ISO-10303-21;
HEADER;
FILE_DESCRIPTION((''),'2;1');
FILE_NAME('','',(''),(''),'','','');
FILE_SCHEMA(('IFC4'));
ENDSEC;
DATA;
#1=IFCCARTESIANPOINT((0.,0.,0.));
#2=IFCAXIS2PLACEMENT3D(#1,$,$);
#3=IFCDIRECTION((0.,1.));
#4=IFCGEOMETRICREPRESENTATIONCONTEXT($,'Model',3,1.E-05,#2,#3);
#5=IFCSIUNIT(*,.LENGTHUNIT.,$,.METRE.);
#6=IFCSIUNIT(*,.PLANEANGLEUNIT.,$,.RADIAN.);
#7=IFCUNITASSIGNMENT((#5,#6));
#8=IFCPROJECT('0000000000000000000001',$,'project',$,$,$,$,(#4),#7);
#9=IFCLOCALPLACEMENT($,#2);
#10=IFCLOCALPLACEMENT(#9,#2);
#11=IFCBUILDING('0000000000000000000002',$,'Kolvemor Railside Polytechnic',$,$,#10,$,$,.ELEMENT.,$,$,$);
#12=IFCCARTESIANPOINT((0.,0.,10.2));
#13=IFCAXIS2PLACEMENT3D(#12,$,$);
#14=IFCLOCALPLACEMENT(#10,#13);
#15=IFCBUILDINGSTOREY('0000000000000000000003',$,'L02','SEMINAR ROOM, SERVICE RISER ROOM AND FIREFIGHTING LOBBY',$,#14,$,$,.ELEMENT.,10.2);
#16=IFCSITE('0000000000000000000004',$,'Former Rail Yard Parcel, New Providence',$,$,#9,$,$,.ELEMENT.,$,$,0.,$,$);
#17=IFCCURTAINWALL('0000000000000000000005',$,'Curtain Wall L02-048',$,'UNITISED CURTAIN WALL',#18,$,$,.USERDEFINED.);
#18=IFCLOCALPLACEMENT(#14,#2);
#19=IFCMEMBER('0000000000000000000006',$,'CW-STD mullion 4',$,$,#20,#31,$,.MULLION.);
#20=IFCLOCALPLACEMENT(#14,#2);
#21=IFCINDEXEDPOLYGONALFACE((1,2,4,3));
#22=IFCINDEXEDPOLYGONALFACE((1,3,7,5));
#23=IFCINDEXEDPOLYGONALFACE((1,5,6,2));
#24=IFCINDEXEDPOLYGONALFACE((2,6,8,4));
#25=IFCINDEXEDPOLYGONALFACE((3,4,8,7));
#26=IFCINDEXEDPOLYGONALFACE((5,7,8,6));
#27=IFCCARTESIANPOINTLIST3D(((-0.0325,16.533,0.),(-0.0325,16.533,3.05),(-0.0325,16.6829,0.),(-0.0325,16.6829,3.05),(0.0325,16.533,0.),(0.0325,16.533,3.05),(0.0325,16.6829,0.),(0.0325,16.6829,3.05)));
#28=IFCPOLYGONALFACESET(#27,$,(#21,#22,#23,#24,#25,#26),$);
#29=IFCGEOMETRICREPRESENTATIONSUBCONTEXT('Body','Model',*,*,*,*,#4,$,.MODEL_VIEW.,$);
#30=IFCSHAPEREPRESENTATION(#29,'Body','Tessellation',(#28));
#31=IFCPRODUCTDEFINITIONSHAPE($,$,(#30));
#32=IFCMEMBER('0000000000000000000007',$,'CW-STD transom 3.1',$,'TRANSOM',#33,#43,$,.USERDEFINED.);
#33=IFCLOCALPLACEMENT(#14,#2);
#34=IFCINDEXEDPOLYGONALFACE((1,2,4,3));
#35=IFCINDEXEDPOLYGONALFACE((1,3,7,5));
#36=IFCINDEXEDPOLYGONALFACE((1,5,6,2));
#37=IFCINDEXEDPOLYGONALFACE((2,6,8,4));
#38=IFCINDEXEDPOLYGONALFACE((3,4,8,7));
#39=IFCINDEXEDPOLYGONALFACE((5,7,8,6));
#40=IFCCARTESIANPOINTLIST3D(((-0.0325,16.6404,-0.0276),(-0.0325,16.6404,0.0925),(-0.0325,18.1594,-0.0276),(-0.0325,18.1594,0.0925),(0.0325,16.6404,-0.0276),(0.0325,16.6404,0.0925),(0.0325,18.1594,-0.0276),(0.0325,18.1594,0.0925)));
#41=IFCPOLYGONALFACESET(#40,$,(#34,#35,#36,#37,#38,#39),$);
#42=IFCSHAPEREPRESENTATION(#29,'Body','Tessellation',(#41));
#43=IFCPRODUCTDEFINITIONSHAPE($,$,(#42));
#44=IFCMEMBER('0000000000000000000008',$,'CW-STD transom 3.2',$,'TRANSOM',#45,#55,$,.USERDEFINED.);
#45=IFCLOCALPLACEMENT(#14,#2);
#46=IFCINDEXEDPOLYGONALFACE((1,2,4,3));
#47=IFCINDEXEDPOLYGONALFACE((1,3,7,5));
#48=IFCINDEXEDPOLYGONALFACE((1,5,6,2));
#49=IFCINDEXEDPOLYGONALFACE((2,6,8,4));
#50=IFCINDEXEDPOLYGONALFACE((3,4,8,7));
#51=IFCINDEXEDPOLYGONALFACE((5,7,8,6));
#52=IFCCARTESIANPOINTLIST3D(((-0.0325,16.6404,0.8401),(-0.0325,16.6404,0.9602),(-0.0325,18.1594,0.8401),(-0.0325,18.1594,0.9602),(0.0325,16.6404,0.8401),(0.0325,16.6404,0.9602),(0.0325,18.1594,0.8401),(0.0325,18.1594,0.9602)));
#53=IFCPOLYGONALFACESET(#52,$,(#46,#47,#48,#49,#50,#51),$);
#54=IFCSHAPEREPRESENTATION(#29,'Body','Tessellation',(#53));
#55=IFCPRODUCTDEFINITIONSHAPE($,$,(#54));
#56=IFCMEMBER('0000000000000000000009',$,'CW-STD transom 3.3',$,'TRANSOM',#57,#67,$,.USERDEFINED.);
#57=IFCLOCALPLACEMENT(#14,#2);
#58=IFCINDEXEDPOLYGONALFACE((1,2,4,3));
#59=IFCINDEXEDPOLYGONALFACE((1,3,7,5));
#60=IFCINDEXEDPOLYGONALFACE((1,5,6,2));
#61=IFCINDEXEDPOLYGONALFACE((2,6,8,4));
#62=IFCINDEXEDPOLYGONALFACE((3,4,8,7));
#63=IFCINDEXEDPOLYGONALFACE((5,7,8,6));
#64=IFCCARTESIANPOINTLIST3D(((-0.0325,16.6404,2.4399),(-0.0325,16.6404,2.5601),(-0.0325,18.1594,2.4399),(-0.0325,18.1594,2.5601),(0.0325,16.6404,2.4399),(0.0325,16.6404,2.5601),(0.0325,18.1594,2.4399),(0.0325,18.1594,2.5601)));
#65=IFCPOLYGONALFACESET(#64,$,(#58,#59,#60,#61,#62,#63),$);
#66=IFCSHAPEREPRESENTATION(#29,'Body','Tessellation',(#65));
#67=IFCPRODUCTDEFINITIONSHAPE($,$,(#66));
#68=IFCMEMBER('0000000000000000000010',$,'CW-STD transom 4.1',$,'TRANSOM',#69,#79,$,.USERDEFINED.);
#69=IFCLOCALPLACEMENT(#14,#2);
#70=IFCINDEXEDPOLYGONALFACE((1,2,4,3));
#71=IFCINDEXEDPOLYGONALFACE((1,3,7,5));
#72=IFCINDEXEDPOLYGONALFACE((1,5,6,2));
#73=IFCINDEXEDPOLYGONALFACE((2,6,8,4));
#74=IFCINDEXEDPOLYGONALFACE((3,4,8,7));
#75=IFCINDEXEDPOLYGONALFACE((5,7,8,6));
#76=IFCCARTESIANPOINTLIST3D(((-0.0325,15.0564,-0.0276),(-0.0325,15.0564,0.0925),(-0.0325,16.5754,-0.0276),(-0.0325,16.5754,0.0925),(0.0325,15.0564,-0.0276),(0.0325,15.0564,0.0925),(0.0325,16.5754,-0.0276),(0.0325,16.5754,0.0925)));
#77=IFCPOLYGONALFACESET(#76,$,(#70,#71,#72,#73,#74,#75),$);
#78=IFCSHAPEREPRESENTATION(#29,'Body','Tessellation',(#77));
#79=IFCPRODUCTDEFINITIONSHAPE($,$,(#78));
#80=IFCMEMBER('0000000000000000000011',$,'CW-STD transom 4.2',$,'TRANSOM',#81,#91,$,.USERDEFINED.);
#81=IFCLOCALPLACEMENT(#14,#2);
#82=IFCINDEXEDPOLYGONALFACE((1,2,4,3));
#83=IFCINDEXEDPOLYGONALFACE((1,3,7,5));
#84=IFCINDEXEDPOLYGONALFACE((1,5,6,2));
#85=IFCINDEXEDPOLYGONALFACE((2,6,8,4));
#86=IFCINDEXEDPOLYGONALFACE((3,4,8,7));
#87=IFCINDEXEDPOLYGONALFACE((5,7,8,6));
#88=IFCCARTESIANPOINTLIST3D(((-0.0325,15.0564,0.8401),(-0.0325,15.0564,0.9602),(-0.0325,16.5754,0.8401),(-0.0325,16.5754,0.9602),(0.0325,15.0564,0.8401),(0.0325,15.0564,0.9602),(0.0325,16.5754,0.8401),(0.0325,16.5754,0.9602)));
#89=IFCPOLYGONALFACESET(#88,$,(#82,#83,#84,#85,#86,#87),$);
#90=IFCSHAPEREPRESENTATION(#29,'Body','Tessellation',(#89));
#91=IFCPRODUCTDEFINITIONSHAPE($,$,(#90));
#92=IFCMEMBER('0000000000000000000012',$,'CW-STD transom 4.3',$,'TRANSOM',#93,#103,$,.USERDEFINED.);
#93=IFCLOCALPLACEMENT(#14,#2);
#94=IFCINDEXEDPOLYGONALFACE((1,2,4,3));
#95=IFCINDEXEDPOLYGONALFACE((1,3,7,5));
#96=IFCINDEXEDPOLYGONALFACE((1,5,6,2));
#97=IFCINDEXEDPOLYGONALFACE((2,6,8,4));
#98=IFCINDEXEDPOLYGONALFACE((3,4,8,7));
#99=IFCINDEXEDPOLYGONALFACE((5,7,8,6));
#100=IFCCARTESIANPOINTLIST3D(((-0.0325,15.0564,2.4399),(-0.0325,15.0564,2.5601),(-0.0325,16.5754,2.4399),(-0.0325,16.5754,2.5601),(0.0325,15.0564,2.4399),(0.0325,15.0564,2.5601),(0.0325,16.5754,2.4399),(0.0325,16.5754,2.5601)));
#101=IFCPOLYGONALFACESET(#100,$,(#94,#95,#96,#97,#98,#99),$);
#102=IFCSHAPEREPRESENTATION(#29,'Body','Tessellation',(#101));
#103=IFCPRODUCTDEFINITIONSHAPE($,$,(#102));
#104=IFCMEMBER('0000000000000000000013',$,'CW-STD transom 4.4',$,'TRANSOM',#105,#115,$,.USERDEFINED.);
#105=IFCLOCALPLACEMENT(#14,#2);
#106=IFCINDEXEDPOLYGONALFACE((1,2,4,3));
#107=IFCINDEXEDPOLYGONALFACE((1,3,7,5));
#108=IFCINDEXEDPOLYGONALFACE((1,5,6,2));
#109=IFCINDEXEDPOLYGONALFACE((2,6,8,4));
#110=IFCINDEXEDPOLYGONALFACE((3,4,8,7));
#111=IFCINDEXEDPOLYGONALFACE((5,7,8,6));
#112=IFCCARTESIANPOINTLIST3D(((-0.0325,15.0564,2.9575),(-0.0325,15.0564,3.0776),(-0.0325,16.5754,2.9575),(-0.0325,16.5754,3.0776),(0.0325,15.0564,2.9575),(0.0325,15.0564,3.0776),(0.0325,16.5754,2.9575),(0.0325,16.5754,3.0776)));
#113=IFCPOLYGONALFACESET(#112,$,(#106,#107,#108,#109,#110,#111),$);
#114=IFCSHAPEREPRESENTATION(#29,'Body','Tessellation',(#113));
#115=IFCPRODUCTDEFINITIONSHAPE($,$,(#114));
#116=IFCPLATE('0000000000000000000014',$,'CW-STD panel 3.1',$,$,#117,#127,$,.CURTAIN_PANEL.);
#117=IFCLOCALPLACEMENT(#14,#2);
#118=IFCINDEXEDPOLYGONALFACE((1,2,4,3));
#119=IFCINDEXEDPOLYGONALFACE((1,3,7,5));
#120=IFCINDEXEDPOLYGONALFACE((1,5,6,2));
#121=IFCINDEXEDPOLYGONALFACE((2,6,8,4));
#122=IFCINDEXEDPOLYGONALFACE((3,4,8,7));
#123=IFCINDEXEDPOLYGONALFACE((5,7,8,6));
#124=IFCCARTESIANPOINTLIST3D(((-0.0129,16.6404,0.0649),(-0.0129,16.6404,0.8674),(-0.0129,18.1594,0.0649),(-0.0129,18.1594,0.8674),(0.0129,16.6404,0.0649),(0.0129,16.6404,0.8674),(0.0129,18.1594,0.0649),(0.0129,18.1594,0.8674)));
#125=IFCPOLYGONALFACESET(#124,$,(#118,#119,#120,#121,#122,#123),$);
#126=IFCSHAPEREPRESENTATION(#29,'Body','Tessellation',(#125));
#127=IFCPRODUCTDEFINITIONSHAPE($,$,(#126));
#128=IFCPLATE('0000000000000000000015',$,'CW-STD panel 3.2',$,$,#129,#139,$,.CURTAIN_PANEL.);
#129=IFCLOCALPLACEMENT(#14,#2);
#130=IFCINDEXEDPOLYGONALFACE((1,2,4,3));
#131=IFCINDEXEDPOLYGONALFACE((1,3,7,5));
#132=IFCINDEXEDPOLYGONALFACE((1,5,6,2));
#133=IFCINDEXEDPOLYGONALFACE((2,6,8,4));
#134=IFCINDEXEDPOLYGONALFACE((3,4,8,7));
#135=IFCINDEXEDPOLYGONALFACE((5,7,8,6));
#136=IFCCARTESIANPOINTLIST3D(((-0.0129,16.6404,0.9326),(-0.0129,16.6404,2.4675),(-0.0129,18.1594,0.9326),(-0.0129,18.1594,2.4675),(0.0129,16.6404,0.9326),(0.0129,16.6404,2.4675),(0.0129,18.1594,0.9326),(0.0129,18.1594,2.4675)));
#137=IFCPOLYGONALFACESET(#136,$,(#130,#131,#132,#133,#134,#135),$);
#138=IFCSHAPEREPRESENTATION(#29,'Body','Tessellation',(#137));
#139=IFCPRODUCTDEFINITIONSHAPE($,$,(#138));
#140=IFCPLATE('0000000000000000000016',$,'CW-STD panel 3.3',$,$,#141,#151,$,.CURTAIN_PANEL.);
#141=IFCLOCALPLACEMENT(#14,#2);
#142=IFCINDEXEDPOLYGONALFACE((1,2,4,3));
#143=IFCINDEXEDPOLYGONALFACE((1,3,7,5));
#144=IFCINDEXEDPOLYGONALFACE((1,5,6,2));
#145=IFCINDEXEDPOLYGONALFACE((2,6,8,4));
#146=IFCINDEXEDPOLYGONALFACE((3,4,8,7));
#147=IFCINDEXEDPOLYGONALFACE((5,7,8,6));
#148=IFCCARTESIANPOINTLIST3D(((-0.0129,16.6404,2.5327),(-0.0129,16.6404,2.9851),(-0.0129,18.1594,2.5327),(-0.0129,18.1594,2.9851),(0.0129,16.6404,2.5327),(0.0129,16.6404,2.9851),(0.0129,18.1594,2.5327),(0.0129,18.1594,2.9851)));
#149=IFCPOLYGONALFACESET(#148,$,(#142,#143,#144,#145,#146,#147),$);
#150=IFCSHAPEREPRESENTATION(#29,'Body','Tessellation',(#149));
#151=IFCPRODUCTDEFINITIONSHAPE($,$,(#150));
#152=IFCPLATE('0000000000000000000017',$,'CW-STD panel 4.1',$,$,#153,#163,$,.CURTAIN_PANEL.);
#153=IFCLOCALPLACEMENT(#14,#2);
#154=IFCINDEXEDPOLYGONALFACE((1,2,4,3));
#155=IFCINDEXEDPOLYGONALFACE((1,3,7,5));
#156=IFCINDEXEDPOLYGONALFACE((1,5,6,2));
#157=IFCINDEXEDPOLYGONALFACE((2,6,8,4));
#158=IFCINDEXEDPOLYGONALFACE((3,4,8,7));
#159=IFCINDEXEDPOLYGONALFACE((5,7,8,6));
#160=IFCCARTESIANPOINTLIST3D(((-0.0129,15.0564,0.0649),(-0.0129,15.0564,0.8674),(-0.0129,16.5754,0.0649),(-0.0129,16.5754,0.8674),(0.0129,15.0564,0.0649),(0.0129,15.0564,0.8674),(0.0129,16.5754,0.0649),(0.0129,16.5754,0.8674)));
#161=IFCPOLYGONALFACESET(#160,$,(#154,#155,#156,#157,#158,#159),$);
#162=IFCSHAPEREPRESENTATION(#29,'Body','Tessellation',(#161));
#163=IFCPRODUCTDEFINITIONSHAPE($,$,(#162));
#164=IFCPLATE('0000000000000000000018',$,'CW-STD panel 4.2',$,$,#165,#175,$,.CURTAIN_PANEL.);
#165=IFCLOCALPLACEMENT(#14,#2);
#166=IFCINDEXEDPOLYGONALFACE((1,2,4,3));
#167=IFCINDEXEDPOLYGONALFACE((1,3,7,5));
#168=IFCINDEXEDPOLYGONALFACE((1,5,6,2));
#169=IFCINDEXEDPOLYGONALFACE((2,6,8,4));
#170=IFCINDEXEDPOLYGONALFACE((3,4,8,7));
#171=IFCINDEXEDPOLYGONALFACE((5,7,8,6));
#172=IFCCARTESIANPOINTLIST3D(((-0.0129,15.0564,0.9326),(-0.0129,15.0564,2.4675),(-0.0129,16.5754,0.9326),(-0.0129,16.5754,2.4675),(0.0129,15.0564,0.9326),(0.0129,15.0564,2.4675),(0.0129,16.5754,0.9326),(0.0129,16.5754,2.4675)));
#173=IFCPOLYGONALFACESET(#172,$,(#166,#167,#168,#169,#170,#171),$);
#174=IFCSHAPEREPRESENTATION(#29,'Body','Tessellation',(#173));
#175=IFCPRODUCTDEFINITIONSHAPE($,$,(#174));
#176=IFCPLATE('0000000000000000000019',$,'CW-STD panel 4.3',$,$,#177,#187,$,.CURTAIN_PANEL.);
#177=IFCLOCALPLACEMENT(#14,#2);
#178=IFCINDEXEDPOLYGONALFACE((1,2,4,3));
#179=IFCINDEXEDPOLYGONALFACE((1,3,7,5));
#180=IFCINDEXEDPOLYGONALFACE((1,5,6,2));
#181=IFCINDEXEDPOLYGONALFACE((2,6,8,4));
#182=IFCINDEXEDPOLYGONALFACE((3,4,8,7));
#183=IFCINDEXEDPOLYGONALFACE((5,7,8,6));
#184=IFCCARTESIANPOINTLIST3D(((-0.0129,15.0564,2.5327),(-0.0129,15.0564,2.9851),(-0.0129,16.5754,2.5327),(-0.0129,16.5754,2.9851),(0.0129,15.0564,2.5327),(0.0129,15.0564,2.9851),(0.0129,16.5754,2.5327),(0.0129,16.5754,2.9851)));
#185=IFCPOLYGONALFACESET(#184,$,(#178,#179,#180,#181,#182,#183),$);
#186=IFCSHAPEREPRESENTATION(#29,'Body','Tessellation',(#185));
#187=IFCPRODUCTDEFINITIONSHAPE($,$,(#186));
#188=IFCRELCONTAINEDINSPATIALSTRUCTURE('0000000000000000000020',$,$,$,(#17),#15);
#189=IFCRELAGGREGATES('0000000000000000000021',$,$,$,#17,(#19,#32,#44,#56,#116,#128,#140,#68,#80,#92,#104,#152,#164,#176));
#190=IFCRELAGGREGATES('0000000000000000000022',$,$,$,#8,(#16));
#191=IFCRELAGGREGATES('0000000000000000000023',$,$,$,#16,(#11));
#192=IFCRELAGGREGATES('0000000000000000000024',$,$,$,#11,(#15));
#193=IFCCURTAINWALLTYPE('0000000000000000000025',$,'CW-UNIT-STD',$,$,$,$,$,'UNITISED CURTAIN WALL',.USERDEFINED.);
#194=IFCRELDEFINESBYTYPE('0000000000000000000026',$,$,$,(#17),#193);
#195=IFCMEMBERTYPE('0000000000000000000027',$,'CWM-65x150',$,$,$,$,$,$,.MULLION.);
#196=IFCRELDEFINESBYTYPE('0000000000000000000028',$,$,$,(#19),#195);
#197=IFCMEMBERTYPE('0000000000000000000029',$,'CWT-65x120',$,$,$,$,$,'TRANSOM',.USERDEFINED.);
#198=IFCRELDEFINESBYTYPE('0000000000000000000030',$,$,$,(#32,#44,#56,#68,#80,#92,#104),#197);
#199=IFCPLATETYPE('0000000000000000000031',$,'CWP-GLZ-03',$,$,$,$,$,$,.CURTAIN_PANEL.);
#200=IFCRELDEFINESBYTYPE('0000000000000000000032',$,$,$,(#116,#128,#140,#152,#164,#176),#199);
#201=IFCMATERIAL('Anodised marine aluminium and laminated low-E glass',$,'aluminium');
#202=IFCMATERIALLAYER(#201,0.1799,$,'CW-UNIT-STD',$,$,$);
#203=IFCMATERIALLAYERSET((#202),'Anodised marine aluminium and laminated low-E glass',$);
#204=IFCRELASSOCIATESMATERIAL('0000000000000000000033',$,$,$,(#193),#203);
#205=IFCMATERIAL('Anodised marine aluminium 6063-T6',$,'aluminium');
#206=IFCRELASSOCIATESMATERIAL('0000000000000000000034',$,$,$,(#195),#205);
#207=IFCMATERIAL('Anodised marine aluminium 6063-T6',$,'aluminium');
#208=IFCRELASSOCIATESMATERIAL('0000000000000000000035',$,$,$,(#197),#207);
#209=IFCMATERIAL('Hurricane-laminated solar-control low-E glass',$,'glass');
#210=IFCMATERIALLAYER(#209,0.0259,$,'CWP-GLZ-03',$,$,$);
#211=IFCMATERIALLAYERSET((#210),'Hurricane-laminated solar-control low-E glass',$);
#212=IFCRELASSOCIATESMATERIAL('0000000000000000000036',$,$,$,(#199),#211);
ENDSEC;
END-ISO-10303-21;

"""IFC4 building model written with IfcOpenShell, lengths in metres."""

from ifc_helpers import new_model, si_unit, direction, frame, origin, origin_2d, place, context, subcontext, project, spatial, rectangle, extrude, material, layer, layer_set, material_profile, profile_set, type_object, element, aggregate, save


model = new_model("IFC4")

# Units and contexts
model_context = context("Model", 3, precision=1e-05, world=origin(), true_north=direction((0.0, 1.0)))
body_context = subcontext(model_context, "Body", "Model", "MODEL_VIEW")
ifc_project = project(units=[si_unit("LENGTHUNIT", "METRE"), si_unit("PLANEANGLEUNIT", "RADIAN")], contexts=[model_context])

# Site, building, storey
site_placement = place(None, origin())
site = spatial("IfcSite", under=ifc_project, at=site_placement, Name="Former Rail Yard Parcel, New Providence", CompositionType="ELEMENT", RefElevation=0.0)
building_placement = place(site_placement, origin())
building = spatial("IfcBuilding", under=site, at=building_placement, Name="Kolvemor Railside Polytechnic", CompositionType="ELEMENT")
storey_placement = place(building_placement, frame((0.0, 0.0, 10.2)))
storey = spatial("IfcBuildingStorey", under=building, at=storey_placement, Name="L02", Description="SEMINAR ROOM, SERVICE RISER ROOM AND FIREFIGHTING LOBBY", CompositionType="ELEMENT", Elevation=10.2)

# Curtain wall, members, plates
ifc_material_1 = material(Name="Anodised marine aluminium and laminated low-E glass", Category="aluminium")
ifc_layer_1 = layer(ifc_material_1, 0.1799, Name="CW-UNIT-STD")
ifc_layer_set_1 = layer_set([ifc_layer_1], Name="Anodised marine aluminium and laminated low-E glass")
curtain_wall_type = type_object("IfcCurtainWallType", Name="CW-UNIT-STD", ElementType="UNITISED CURTAIN WALL", PredefinedType="USERDEFINED", material=ifc_layer_set_1)
curtain_wall_placement = place(storey_placement, origin())
curtain_wall = element("IfcCurtainWall", 1, at=curtain_wall_placement, inside=storey, type_object=curtain_wall_type, Name="Curtain Wall L02-048", ObjectType="UNITISED CURTAIN WALL", PredefinedType="USERDEFINED")
ifc_material_2 = material(Name="Anodised marine aluminium 6063-T6", Category="aluminium")
ifc_material_profile_1 = material_profile(ifc_material_2, rectangle(XDim=0.0649, YDim=0.1499, at=origin_2d()), Name="CW-MUL-65x150")
ifc_profile_set_1 = profile_set([ifc_material_profile_1], Name="Anodised marine aluminium 6063-T6")
member_type_1 = type_object("IfcMemberType", Name="CWM-65x150", PredefinedType="MULLION", material=ifc_profile_set_1)
member_1_placement = place(storey_placement, frame((0.0, 16.6079, 0.0), z_axis=(0.0, 0.0, 1.0), x_axis=(1.0, 0.0, 0.0)))
member_1 = element("IfcMember", 2, at=member_1_placement, type_object=member_type_1, Name="CW-STD mullion 4", PredefinedType="MULLION", context=body_context, shape_type="SweptSolid", body=[
    extrude(rectangle(XDim=0.0649, YDim=0.1499, at=origin_2d()), origin(), (0.0, 0.0, 1.0), 3.05),
])
ifc_material_3 = material(Name="Anodised marine aluminium 6063-T6", Category="aluminium")
ifc_material_profile_2 = material_profile(ifc_material_3, rectangle(XDim=0.0649, YDim=0.1201, at=origin_2d()), Name="CW-TRN-65x120")
ifc_profile_set_2 = profile_set([ifc_material_profile_2], Name="Anodised marine aluminium 6063-T6")
member_type_2 = type_object("IfcMemberType", Name="CWT-65x120", ElementType="TRANSOM", PredefinedType="USERDEFINED", material=ifc_profile_set_2)
member_2_placement = place(storey_placement, frame((0.0, 18.1594, 0.0325), z_axis=(0.0, -1.0, 0.0), x_axis=(1.0, 0.0, 0.0)))
member_2 = element("IfcMember", 3, at=member_2_placement, type_object=member_type_2, Name="CW-STD transom 3.1", ObjectType="TRANSOM", PredefinedType="USERDEFINED", context=body_context, shape_type="SweptSolid", body=[
    extrude(rectangle(XDim=0.0649, YDim=0.1201, at=origin_2d()), origin(), (0.0, 0.0, 1.0), 1.519),
])
member_3_placement = place(storey_placement, frame((0.0, 18.1594, 0.9001), z_axis=(0.0, -1.0, 0.0), x_axis=(1.0, 0.0, 0.0)))
member_3 = element("IfcMember", 4, at=member_3_placement, type_object=member_type_2, Name="CW-STD transom 3.2", ObjectType="TRANSOM", PredefinedType="USERDEFINED", context=body_context, shape_type="SweptSolid", body=[
    extrude(rectangle(XDim=0.0649, YDim=0.1201, at=origin_2d()), origin(), (0.0, 0.0, 1.0), 1.519),
])
member_4_placement = place(storey_placement, frame((0.0, 18.1594, 2.5), z_axis=(0.0, -1.0, 0.0), x_axis=(1.0, 0.0, 0.0)))
member_4 = element("IfcMember", 5, at=member_4_placement, type_object=member_type_2, Name="CW-STD transom 3.3", ObjectType="TRANSOM", PredefinedType="USERDEFINED", context=body_context, shape_type="SweptSolid", body=[
    extrude(rectangle(XDim=0.0649, YDim=0.1201, at=origin_2d()), origin(), (0.0, 0.0, 1.0), 1.519),
])
member_5_placement = place(storey_placement, frame((0.0, 16.5754, 0.0325), z_axis=(0.0, -1.0, 0.0), x_axis=(1.0, 0.0, 0.0)))
member_5 = element("IfcMember", 6, at=member_5_placement, type_object=member_type_2, Name="CW-STD transom 4.1", ObjectType="TRANSOM", PredefinedType="USERDEFINED", context=body_context, shape_type="SweptSolid", body=[
    extrude(rectangle(XDim=0.0649, YDim=0.1201, at=origin_2d()), origin(), (0.0, 0.0, 1.0), 1.519),
])
member_6_placement = place(storey_placement, frame((0.0, 16.5754, 0.9001), z_axis=(0.0, -1.0, 0.0), x_axis=(1.0, 0.0, 0.0)))
member_6 = element("IfcMember", 7, at=member_6_placement, type_object=member_type_2, Name="CW-STD transom 4.2", ObjectType="TRANSOM", PredefinedType="USERDEFINED", context=body_context, shape_type="SweptSolid", body=[
    extrude(rectangle(XDim=0.0649, YDim=0.1201, at=origin_2d()), origin(), (0.0, 0.0, 1.0), 1.519),
])
member_7_placement = place(storey_placement, frame((0.0, 16.5754, 2.5), z_axis=(0.0, -1.0, 0.0), x_axis=(1.0, 0.0, 0.0)))
member_7 = element("IfcMember", 8, at=member_7_placement, type_object=member_type_2, Name="CW-STD transom 4.3", ObjectType="TRANSOM", PredefinedType="USERDEFINED", context=body_context, shape_type="SweptSolid", body=[
    extrude(rectangle(XDim=0.0649, YDim=0.1201, at=origin_2d()), origin(), (0.0, 0.0, 1.0), 1.519),
])
member_8_placement = place(storey_placement, frame((0.0, 16.5754, 3.0176), z_axis=(0.0, -1.0, 0.0), x_axis=(1.0, 0.0, 0.0)))
member_8 = element("IfcMember", 9, at=member_8_placement, type_object=member_type_2, Name="CW-STD transom 4.4", ObjectType="TRANSOM", PredefinedType="USERDEFINED", context=body_context, shape_type="SweptSolid", body=[
    extrude(rectangle(XDim=0.0649, YDim=0.1201, at=origin_2d()), origin(), (0.0, 0.0, 1.0), 1.519),
])
ifc_material_4 = material(Name="Hurricane-laminated solar-control low-E glass", Category="glass")
ifc_layer_2 = layer(ifc_material_4, 0.0259, Name="CWP-GLZ-03")
ifc_layer_set_2 = layer_set([ifc_layer_2], Name="Hurricane-laminated solar-control low-E glass")
plate_type = type_object("IfcPlateType", Name="CWP-GLZ-03", PredefinedType="CURTAIN_PANEL", material=ifc_layer_set_2)
plate_1_placement = place(storey_placement, frame((0.0, 17.3999, 0.0649), z_axis=(0.0, 0.0, 1.0), x_axis=(0.0, -1.0, 0.0)))
plate_1 = element("IfcPlate", 10, at=plate_1_placement, type_object=plate_type, Name="CW-STD panel 3.1", PredefinedType="CURTAIN_PANEL", context=body_context, shape_type="SweptSolid", body=[
    extrude(rectangle(XDim=1.519, YDim=0.0259, at=origin_2d()), origin(), (0.0, 0.0, 1.0), 0.8025),
])
plate_2_placement = place(storey_placement, frame((0.0, 17.3999, 0.9326), z_axis=(0.0, 0.0, 1.0), x_axis=(0.0, -1.0, 0.0)))
plate_2 = element("IfcPlate", 11, at=plate_2_placement, type_object=plate_type, Name="CW-STD panel 3.2", PredefinedType="CURTAIN_PANEL", context=body_context, shape_type="SweptSolid", body=[
    extrude(rectangle(XDim=1.519, YDim=0.0259, at=origin_2d()), origin(), (0.0, 0.0, 1.0), 1.5349),
])
plate_3_placement = place(storey_placement, frame((0.0, 17.3999, 2.5327), z_axis=(0.0, 0.0, 1.0), x_axis=(0.0, -1.0, 0.0)))
plate_3 = element("IfcPlate", 12, at=plate_3_placement, type_object=plate_type, Name="CW-STD panel 3.3", PredefinedType="CURTAIN_PANEL", context=body_context, shape_type="SweptSolid", body=[
    extrude(rectangle(XDim=1.519, YDim=0.0259, at=origin_2d()), origin(), (0.0, 0.0, 1.0), 0.4524),
])
plate_4_placement = place(storey_placement, frame((0.0, 15.8159, 0.0649), z_axis=(0.0, 0.0, 1.0), x_axis=(0.0, -1.0, 0.0)))
plate_4 = element("IfcPlate", 13, at=plate_4_placement, type_object=plate_type, Name="CW-STD panel 4.1", PredefinedType="CURTAIN_PANEL", context=body_context, shape_type="SweptSolid", body=[
    extrude(rectangle(XDim=1.519, YDim=0.0259, at=origin_2d()), origin(), (0.0, 0.0, 1.0), 0.8025),
])
plate_5_placement = place(storey_placement, frame((0.0, 15.8159, 0.9326), z_axis=(0.0, 0.0, 1.0), x_axis=(0.0, -1.0, 0.0)))
plate_5 = element("IfcPlate", 14, at=plate_5_placement, type_object=plate_type, Name="CW-STD panel 4.2", PredefinedType="CURTAIN_PANEL", context=body_context, shape_type="SweptSolid", body=[
    extrude(rectangle(XDim=1.519, YDim=0.0259, at=origin_2d()), origin(), (0.0, 0.0, 1.0), 1.5349),
])
plate_6_placement = place(storey_placement, frame((0.0, 15.8159, 2.5327), z_axis=(0.0, 0.0, 1.0), x_axis=(0.0, -1.0, 0.0)))
plate_6 = element("IfcPlate", 15, at=plate_6_placement, type_object=plate_type, Name="CW-STD panel 4.3", PredefinedType="CURTAIN_PANEL", context=body_context, shape_type="SweptSolid", body=[
    extrude(rectangle(XDim=1.519, YDim=0.0259, at=origin_2d()), origin(), (0.0, 0.0, 1.0), 0.4524),
])
aggregate(curtain_wall, [member_1, member_2, member_3, member_4, plate_1, plate_2, plate_3, member_5, member_6, member_7, member_8, plate_4, plate_5, plate_6])

save(model, "model.ifc")
